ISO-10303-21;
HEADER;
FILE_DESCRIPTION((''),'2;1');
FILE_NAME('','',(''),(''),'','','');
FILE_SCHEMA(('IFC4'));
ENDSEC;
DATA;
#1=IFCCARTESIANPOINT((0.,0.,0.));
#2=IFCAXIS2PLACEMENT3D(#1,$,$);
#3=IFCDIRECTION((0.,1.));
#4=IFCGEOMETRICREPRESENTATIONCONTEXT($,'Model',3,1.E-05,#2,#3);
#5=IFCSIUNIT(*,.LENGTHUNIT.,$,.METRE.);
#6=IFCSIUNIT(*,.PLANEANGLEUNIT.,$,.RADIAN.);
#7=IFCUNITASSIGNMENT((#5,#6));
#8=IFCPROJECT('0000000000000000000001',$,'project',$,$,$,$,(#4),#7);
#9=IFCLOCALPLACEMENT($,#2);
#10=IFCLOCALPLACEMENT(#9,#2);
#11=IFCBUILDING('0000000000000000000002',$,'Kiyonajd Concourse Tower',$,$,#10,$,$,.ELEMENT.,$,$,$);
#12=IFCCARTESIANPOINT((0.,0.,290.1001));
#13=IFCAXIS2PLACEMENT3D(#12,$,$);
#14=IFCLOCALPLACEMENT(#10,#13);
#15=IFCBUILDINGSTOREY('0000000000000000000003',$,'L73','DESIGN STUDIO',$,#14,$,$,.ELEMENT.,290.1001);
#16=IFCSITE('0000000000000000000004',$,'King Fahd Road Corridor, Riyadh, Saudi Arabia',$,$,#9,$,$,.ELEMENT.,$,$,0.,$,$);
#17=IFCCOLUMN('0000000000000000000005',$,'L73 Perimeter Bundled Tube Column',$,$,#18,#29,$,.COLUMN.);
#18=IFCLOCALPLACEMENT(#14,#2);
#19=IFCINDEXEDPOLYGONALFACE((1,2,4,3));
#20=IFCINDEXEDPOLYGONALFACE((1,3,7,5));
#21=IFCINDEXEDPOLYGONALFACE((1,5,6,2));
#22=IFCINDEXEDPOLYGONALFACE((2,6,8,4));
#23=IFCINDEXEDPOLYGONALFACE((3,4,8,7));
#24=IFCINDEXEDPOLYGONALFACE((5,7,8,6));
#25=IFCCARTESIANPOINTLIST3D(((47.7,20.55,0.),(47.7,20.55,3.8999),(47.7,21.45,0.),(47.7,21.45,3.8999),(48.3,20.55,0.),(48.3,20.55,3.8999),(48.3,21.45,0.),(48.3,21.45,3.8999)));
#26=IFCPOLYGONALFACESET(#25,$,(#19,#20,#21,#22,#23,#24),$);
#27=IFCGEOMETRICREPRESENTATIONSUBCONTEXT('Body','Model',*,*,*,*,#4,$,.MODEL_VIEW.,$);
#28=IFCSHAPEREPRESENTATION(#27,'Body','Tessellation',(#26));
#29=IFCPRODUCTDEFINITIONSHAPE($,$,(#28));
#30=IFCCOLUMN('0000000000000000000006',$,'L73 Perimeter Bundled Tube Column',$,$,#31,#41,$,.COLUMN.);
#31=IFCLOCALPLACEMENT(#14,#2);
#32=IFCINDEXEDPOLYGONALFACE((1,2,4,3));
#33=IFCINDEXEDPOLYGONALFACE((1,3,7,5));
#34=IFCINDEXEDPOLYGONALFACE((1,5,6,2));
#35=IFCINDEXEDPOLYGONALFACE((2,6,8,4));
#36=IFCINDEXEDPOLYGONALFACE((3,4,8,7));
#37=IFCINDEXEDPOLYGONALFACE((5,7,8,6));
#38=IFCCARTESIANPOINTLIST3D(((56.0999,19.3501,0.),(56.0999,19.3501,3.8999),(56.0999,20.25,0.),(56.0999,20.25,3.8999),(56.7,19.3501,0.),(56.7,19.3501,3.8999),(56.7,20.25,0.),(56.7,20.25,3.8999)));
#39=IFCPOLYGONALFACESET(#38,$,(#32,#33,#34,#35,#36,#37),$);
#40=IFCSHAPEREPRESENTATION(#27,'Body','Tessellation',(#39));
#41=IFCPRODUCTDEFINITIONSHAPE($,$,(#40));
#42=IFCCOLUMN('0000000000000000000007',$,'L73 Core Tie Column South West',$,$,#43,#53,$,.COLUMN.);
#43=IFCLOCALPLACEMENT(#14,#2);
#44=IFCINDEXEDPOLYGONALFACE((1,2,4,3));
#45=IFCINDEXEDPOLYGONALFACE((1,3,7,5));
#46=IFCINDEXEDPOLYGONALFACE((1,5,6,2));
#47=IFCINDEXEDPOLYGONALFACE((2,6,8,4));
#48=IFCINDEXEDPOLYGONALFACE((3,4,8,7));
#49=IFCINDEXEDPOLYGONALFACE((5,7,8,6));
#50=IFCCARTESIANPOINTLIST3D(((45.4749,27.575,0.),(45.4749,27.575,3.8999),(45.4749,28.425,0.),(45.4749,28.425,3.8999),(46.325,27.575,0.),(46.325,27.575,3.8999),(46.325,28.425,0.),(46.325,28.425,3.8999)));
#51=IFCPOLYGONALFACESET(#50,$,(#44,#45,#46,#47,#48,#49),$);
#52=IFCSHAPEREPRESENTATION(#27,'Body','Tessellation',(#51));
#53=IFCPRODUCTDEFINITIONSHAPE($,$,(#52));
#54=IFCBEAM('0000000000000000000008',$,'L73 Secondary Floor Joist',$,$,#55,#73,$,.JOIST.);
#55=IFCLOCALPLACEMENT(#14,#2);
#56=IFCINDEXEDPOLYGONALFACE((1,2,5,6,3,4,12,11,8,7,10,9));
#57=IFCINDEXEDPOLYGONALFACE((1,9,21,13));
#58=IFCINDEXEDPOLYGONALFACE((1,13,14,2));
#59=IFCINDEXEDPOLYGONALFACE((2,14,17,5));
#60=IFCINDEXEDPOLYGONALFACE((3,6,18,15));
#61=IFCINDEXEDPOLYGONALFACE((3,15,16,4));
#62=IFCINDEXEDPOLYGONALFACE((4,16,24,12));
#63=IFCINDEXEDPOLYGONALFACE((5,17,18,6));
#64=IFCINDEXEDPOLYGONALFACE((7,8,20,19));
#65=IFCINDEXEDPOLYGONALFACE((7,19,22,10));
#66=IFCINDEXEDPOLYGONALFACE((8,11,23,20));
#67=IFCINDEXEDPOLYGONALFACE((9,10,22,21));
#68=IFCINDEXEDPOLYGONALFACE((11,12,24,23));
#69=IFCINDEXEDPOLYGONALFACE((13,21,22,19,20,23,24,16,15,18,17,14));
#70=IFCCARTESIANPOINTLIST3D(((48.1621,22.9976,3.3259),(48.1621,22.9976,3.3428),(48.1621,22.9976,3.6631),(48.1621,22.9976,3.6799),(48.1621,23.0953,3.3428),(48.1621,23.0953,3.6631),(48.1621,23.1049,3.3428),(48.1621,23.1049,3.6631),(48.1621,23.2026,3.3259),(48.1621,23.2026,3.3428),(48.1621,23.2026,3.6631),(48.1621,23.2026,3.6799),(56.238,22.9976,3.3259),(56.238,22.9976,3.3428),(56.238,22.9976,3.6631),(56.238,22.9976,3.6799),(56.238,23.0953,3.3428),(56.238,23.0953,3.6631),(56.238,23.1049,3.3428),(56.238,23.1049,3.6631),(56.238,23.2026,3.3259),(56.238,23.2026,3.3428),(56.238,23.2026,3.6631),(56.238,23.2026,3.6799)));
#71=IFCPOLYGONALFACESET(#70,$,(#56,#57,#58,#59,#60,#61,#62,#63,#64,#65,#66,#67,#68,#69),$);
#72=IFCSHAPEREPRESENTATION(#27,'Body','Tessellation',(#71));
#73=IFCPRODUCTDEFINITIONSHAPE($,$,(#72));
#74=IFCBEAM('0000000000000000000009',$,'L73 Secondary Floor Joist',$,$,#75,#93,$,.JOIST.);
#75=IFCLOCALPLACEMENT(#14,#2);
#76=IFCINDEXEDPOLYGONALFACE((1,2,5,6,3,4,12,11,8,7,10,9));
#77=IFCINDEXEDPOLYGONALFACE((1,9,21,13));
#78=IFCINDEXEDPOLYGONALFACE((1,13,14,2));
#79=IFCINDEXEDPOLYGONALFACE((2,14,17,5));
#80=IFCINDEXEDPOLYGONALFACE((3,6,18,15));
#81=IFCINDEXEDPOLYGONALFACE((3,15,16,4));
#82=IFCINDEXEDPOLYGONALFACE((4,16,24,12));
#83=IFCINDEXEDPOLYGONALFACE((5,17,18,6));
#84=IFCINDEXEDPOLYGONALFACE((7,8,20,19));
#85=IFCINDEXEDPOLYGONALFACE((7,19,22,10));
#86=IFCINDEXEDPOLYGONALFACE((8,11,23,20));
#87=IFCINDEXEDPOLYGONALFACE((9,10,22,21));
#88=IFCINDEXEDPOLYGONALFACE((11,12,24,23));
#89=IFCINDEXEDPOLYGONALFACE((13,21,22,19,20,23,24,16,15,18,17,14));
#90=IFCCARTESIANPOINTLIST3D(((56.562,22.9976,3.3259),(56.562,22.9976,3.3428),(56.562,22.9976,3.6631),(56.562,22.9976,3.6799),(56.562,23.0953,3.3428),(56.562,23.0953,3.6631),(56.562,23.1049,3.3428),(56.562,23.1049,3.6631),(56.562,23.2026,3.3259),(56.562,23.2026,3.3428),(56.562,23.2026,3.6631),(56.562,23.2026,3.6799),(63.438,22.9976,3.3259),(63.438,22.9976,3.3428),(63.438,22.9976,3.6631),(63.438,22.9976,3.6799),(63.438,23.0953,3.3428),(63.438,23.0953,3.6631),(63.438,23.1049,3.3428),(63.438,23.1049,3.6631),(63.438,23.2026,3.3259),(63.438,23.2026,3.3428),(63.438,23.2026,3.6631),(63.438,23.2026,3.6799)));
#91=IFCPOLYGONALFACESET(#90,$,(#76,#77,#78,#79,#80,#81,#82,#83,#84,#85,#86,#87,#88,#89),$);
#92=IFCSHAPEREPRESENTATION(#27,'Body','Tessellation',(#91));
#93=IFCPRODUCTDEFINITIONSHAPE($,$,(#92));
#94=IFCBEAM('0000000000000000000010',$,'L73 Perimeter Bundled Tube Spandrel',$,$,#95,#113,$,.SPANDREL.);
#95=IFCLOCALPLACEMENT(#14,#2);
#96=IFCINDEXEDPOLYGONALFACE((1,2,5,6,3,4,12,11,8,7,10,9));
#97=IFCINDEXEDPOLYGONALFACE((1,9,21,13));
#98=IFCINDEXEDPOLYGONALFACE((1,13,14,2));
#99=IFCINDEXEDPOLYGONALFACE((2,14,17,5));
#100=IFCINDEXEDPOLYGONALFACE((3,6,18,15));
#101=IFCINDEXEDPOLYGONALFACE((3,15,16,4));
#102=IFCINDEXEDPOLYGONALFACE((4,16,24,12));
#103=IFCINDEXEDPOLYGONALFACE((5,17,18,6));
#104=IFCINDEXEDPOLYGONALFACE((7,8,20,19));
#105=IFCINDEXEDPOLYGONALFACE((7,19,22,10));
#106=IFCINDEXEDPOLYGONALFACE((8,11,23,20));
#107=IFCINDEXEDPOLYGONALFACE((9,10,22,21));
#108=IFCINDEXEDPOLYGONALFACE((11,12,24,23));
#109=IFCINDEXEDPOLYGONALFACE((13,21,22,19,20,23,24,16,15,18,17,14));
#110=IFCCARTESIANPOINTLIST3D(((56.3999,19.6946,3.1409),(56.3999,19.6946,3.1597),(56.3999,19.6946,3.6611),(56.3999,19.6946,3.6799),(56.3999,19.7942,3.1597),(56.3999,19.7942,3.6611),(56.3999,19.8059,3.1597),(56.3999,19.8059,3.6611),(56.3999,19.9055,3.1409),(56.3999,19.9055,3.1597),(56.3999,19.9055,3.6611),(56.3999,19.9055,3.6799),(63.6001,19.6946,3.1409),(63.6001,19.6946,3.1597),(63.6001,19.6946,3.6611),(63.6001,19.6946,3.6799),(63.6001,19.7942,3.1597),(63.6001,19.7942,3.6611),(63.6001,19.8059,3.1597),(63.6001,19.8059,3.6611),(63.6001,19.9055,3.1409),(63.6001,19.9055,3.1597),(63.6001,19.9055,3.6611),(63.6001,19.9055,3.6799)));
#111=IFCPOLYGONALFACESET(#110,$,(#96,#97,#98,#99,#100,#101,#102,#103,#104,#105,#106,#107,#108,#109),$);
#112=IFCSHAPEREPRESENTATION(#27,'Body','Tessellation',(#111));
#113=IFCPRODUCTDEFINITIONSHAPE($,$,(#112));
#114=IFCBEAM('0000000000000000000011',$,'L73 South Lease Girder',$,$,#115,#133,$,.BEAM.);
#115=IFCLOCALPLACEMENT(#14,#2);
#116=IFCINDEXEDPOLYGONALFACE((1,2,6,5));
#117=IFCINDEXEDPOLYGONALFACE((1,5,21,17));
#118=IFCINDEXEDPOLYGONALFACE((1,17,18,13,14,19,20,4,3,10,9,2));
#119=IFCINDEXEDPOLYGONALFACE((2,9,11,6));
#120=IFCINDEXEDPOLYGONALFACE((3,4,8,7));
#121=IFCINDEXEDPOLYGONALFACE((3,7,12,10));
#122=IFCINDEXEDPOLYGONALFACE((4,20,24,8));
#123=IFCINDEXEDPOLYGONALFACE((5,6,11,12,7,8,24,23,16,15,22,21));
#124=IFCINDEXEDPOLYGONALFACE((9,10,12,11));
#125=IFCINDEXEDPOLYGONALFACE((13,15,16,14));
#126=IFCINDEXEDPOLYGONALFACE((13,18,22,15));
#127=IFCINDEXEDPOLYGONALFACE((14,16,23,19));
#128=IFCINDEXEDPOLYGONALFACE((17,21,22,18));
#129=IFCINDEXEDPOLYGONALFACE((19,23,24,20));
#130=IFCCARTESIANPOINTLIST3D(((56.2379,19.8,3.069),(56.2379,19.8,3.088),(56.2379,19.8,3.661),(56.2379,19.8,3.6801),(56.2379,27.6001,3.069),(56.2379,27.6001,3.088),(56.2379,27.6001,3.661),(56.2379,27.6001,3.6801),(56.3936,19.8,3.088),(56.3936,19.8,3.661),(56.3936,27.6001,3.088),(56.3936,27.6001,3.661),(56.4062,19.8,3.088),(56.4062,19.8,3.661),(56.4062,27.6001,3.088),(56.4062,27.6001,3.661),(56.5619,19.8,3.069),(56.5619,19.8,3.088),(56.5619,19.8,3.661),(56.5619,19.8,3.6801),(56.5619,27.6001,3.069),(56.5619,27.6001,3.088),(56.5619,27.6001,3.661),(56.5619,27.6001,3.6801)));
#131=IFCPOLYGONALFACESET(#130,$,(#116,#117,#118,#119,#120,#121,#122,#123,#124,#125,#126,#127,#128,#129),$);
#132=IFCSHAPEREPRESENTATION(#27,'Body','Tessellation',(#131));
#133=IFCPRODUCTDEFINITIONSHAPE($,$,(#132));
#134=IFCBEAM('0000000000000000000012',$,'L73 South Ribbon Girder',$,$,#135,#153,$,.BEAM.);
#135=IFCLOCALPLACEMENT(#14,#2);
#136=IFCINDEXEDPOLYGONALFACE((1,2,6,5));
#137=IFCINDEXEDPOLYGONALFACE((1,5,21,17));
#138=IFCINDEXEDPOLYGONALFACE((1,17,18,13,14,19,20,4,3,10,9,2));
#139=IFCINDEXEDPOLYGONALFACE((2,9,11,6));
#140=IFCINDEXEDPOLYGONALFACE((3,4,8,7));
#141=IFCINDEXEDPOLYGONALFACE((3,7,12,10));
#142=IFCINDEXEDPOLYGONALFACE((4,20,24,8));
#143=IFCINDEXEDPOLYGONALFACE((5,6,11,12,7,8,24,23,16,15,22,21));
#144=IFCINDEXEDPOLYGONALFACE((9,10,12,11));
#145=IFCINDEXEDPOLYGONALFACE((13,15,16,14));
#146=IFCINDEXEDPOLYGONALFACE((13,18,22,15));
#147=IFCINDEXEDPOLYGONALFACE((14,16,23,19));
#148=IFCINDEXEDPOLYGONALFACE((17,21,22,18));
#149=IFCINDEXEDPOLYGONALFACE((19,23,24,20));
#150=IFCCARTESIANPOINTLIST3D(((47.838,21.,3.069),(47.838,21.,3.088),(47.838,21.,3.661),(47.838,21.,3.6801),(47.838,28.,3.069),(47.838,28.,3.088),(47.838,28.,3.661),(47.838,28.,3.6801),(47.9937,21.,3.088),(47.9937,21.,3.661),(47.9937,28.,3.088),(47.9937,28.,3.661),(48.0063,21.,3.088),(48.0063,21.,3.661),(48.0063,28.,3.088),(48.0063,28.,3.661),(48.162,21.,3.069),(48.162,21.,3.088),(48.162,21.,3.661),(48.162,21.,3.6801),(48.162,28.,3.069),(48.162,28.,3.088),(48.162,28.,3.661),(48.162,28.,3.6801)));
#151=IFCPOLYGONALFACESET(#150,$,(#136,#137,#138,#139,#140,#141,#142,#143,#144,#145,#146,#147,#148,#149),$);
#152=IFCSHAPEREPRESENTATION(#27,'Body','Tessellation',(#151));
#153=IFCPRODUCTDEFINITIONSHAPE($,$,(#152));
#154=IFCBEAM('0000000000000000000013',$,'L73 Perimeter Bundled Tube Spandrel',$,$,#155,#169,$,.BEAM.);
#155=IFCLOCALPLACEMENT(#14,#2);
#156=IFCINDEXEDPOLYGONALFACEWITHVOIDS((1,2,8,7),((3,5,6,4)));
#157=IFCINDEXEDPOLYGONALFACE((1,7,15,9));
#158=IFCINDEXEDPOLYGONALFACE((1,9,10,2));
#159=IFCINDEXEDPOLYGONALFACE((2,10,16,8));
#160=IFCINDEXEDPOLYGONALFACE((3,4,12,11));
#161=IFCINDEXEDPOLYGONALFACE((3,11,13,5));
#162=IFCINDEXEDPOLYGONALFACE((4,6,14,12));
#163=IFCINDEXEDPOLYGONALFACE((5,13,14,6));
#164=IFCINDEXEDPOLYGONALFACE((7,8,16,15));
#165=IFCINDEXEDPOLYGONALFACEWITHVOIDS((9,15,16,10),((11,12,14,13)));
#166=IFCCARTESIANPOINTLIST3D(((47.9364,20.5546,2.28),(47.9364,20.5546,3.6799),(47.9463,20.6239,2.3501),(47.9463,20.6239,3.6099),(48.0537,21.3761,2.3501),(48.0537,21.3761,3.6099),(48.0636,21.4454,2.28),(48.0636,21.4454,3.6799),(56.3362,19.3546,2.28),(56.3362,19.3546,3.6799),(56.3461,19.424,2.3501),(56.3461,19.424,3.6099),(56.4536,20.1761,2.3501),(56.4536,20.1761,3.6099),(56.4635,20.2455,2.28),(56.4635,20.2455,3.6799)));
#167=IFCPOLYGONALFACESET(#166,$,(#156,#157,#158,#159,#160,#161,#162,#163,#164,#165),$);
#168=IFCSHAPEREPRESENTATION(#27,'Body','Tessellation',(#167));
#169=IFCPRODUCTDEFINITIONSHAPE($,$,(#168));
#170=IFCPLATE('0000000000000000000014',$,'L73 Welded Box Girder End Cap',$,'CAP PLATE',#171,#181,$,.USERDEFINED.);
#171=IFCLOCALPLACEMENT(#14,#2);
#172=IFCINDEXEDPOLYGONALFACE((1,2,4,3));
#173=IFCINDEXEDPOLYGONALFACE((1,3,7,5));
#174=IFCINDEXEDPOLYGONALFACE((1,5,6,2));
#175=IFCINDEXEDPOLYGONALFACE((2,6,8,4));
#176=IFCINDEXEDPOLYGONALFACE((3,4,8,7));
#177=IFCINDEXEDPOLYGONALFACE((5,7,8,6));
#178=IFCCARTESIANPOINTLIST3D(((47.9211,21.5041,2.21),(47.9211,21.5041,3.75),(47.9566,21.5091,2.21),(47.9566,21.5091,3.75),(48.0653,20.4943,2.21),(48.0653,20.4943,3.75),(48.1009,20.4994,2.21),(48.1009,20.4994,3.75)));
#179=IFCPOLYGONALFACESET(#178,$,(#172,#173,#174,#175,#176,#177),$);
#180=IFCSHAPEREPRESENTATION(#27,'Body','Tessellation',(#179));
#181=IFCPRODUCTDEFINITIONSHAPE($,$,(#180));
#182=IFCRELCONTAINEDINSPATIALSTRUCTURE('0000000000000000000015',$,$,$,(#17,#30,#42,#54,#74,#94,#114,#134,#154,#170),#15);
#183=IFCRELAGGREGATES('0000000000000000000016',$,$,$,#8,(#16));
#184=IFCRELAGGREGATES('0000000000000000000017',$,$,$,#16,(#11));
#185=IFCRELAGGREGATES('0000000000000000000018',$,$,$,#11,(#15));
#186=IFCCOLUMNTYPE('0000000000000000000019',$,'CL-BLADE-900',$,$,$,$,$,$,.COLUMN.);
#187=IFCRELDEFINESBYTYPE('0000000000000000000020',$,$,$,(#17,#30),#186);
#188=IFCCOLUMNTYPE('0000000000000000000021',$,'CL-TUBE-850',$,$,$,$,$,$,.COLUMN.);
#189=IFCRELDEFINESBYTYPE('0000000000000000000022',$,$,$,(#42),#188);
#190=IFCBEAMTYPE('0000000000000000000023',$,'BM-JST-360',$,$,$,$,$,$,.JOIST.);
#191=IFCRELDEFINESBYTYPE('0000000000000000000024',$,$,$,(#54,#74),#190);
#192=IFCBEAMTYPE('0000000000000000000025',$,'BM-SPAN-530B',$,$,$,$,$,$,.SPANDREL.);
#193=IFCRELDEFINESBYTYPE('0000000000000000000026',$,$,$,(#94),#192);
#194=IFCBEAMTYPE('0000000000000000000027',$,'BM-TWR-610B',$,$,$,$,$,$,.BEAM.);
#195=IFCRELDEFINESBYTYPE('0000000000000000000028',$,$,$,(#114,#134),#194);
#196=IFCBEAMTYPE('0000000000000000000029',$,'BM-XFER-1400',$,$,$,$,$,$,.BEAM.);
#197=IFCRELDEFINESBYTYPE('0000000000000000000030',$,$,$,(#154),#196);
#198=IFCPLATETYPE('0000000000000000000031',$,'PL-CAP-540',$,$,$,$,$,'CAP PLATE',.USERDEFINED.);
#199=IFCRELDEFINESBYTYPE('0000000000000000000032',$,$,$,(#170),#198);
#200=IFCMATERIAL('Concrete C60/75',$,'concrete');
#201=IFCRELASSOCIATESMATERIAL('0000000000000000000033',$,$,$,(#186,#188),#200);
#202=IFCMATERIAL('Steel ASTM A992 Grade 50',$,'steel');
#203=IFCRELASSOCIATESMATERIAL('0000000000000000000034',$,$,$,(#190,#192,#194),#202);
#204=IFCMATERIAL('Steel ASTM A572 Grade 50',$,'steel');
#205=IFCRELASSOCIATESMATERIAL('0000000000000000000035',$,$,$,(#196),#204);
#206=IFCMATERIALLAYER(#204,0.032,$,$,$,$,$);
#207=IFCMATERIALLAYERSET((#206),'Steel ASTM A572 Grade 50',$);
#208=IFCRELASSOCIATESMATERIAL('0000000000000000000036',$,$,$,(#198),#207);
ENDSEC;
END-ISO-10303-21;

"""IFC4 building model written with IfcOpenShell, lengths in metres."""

from ifc_helpers import new_model, si_unit, direction, frame, origin, origin_2d, place, context, subcontext, project, spatial, rectangle, hollow_rectangle, i_section, extrude, material, layer, layer_set, material_profile, profile_set, type_object, element, save


model = new_model("IFC4")

# Units and contexts
model_context = context("Model", 3, precision=1e-05, world=origin(), true_north=direction((0.0, 1.0)))
body_context = subcontext(model_context, "Body", "Model", "MODEL_VIEW")
ifc_project = project(units=[si_unit("LENGTHUNIT", "METRE"), si_unit("PLANEANGLEUNIT", "RADIAN")], contexts=[model_context])

# Site, building, storey
site_placement = place(None, origin())
site = spatial("IfcSite", under=ifc_project, at=site_placement, Name="King Fahd Road Corridor, Riyadh, Saudi Arabia", CompositionType="ELEMENT", RefElevation=0.0)
building_placement = place(site_placement, origin())
building = spatial("IfcBuilding", under=site, at=building_placement, Name="Kiyonajd Concourse Tower", CompositionType="ELEMENT")
storey_placement = place(building_placement, frame((0.0, 0.0, 290.1001)))
storey = spatial("IfcBuildingStorey", under=building, at=storey_placement, Name="L73", Description="DESIGN STUDIO", CompositionType="ELEMENT", Elevation=290.1001)

# Columns
ifc_material_1 = material(Name="Concrete C60/75", Category="concrete")
ifc_material_profile_1 = material_profile(ifc_material_1, rectangle(XDim=0.6001, YDim=0.8999, at=origin_2d()), Name="RC-900x600")
ifc_profile_set_1 = profile_set([ifc_material_profile_1], Name="Concrete C60/75")
column_type_1 = type_object("IfcColumnType", Name="CL-BLADE-900", PredefinedType="COLUMN", material=ifc_profile_set_1)
for number, where, z_axis, x_axis, name in (
    (1, (48.0, 21.0, 0.0), (0.0, 0.0, 1.0), (1.0, 0.0, 0.0), "L73 Perimeter Bundled Tube Column"),
    (2, (56.3999, 19.8, 0.0), (0.0, 0.0, 1.0), (1.0, 0.0, 0.0), "L73 Perimeter Bundled Tube Column"),
):
    element("IfcColumn", number, at=place(storey_placement, frame(where, z_axis=z_axis, x_axis=x_axis)), inside=storey, type_object=column_type_1, Name=name, PredefinedType="COLUMN", context=body_context, shape_type="SweptSolid", body=[
        extrude(rectangle(XDim=0.6001, YDim=0.8999, at=origin_2d()), origin(), (0.0, 0.0, 1.0), 3.8999),
    ])
ifc_material_profile_2 = material_profile(ifc_material_1, rectangle(XDim=0.8501, YDim=0.8501, at=origin_2d()), Name="RC-850x850")
ifc_profile_set_2 = profile_set([ifc_material_profile_2], Name="Concrete C60/75")
column_type_2 = type_object("IfcColumnType", Name="CL-TUBE-850", PredefinedType="COLUMN", material=ifc_profile_set_2)
column_placement = place(storey_placement, frame((45.8999, 28.0, 0.0), z_axis=(0.0, 0.0, 1.0), x_axis=(1.0, 0.0, 0.0)))
element("IfcColumn", 3, at=column_placement, inside=storey, type_object=column_type_2, Name="L73 Core Tie Column South West", PredefinedType="COLUMN", context=body_context, shape_type="SweptSolid", body=[
    extrude(rectangle(XDim=0.8501, YDim=0.8501, at=origin_2d()), origin(), (0.0, 0.0, 1.0), 3.8999),
])

# Beams
ifc_material_2 = material(Name="Steel ASTM A992 Grade 50", Category="steel")
ifc_material_profile_3 = material_profile(ifc_material_2, i_section(OverallWidth=0.2051, OverallDepth=0.354, WebThickness=0.0095, FlangeThickness=0.0168, at=origin_2d()), Name="W360X79")
ifc_profile_set_3 = profile_set([ifc_material_profile_3], Name="Steel ASTM A992 Grade 50")
beam_type_1 = type_object("IfcBeamType", Name="BM-JST-360", PredefinedType="JOIST", material=ifc_profile_set_3)
beam_1_placement = place(storey_placement, frame((48.1621, 23.1001, 3.5029), z_axis=(1.0, 0.0, 0.0), x_axis=(0.0, 1.0, 0.0)))
element("IfcBeam", 4, at=beam_1_placement, inside=storey, type_object=beam_type_1, Name="L73 Secondary Floor Joist", PredefinedType="JOIST", context=body_context, shape_type="SweptSolid", body=[
    extrude(i_section(OverallWidth=0.2051, OverallDepth=0.354, WebThickness=0.0095, FlangeThickness=0.0168, at=origin_2d()), origin(), (0.0, 0.0, 1.0), 8.0759),
])
beam_2_placement = place(storey_placement, frame((56.562, 23.1001, 3.5029), z_axis=(1.0, 0.0, 0.0), x_axis=(0.0, 1.0, 0.0)))
element("IfcBeam", 5, at=beam_2_placement, inside=storey, type_object=beam_type_1, Name="L73 Secondary Floor Joist", PredefinedType="JOIST", context=body_context, shape_type="SweptSolid", body=[
    extrude(i_section(OverallWidth=0.2051, OverallDepth=0.354, WebThickness=0.0095, FlangeThickness=0.0168, at=origin_2d()), origin(), (0.0, 0.0, 1.0), 6.876),
])
ifc_material_profile_4 = material_profile(ifc_material_2, i_section(OverallWidth=0.2109, OverallDepth=0.5391, WebThickness=0.0117, FlangeThickness=0.0188, at=origin_2d()), Name="W530X109")
ifc_profile_set_4 = profile_set([ifc_material_profile_4], Name="Steel ASTM A992 Grade 50")
beam_type_2 = type_object("IfcBeamType", Name="BM-SPAN-530B", PredefinedType="SPANDREL", material=ifc_profile_set_4)
beam_3_placement = place(storey_placement, frame((56.3999, 19.8, 3.4104), z_axis=(1.0, 0.0, 0.0), x_axis=(0.0, 1.0, 0.0)))
element("IfcBeam", 6, at=beam_3_placement, inside=storey, type_object=beam_type_2, Name="L73 Perimeter Bundled Tube Spandrel", PredefinedType="SPANDREL", context=body_context, shape_type="SweptSolid", body=[
    extrude(i_section(OverallWidth=0.2109, OverallDepth=0.5391, WebThickness=0.0117, FlangeThickness=0.0188, at=origin_2d()), origin(), (0.0, 0.0, 1.0), 7.2002),
])
ifc_material_profile_5 = material_profile(ifc_material_2, i_section(OverallWidth=0.324, OverallDepth=0.6111, WebThickness=0.0127, FlangeThickness=0.019, at=origin_2d()), Name="W610X155")
ifc_profile_set_5 = profile_set([ifc_material_profile_5], Name="Steel ASTM A992 Grade 50")
beam_type_3 = type_object("IfcBeamType", Name="BM-TWR-610B", PredefinedType="BEAM", material=ifc_profile_set_5)
beam_4_placement = place(storey_placement, frame((56.3999, 19.8, 3.3745), z_axis=(0.0, 1.0, 0.0), x_axis=(-1.0, 0.0, 0.0)))
element("IfcBeam", 7, at=beam_4_placement, inside=storey, type_object=beam_type_3, Name="L73 South Lease Girder", PredefinedType="BEAM", context=body_context, shape_type="SweptSolid", body=[
    extrude(i_section(OverallWidth=0.324, OverallDepth=0.6111, WebThickness=0.0127, FlangeThickness=0.019, at=origin_2d()), origin(), (0.0, 0.0, 1.0), 7.8),
])
beam_5_placement = place(storey_placement, frame((48.0, 21.0, 3.3745), z_axis=(0.0, 1.0, 0.0), x_axis=(-1.0, 0.0, 0.0)))
element("IfcBeam", 8, at=beam_5_placement, inside=storey, type_object=beam_type_3, Name="L73 South Ribbon Girder", PredefinedType="BEAM", context=body_context, shape_type="SweptSolid", body=[
    extrude(i_section(OverallWidth=0.324, OverallDepth=0.6111, WebThickness=0.0127, FlangeThickness=0.019, at=origin_2d()), origin(), (0.0, 0.0, 1.0), 7.0),
])
ifc_material_3 = material(Name="Steel ASTM A572 Grade 50", Category="steel")
ifc_material_profile_6 = material_profile(ifc_material_3, hollow_rectangle(XDim=0.8999, YDim=1.3999, WallThickness=0.0701, at=origin_2d()), Name="BOX-1400x900x70")
ifc_profile_set_6 = profile_set([ifc_material_profile_6], Name="Steel ASTM A572 Grade 50")
beam_type_4 = type_object("IfcBeamType", Name="BM-XFER-1400", PredefinedType="BEAM", material=ifc_profile_set_6)
beam_6_placement = place(storey_placement, frame((48.0, 21.0, 2.98), z_axis=(0.98995, -0.141417, 0.0), x_axis=(0.141417, 0.98995, 0.0)))
element("IfcBeam", 9, at=beam_6_placement, inside=storey, type_object=beam_type_4, Name="L73 Perimeter Bundled Tube Spandrel", PredefinedType="BEAM", context=body_context, shape_type="SweptSolid", body=[
    extrude(hollow_rectangle(XDim=0.8999, YDim=1.3999, WallThickness=0.0701, at=origin_2d()), origin(), (0.0, 0.0, 1.0), 8.4851),
])

# Plate
ifc_layer_1 = layer(ifc_material_3, 0.032)
ifc_layer_set_1 = layer_set([ifc_layer_1], Name="Steel ASTM A572 Grade 50")
plate_type_1 = type_object("IfcPlateType", Name="PL-CAP-540", ElementType="CAP PLATE", PredefinedType="USERDEFINED", material=ifc_layer_set_1)
for number, where, z_axis, x_axis, name in (
    (10, (48.011, 21.0017, 2.21), (0.0, 0.0, 1.0), (0.98995, 0.14142, 0.0), "L73 Welded Box Girder End Cap"),
):
    element("IfcPlate", number, at=place(storey_placement, frame(where, z_axis=z_axis, x_axis=x_axis)), inside=storey, type_object=plate_type_1, Name=name, ObjectType="CAP PLATE", PredefinedType="USERDEFINED", context=body_context, shape_type="SweptSolid", body=[
        extrude(rectangle(XDim=0.0359, YDim=1.02, at=origin_2d()), origin(), (0.0, 0.0, 1.0), 1.54),
    ])

save(model, "model.ifc")
